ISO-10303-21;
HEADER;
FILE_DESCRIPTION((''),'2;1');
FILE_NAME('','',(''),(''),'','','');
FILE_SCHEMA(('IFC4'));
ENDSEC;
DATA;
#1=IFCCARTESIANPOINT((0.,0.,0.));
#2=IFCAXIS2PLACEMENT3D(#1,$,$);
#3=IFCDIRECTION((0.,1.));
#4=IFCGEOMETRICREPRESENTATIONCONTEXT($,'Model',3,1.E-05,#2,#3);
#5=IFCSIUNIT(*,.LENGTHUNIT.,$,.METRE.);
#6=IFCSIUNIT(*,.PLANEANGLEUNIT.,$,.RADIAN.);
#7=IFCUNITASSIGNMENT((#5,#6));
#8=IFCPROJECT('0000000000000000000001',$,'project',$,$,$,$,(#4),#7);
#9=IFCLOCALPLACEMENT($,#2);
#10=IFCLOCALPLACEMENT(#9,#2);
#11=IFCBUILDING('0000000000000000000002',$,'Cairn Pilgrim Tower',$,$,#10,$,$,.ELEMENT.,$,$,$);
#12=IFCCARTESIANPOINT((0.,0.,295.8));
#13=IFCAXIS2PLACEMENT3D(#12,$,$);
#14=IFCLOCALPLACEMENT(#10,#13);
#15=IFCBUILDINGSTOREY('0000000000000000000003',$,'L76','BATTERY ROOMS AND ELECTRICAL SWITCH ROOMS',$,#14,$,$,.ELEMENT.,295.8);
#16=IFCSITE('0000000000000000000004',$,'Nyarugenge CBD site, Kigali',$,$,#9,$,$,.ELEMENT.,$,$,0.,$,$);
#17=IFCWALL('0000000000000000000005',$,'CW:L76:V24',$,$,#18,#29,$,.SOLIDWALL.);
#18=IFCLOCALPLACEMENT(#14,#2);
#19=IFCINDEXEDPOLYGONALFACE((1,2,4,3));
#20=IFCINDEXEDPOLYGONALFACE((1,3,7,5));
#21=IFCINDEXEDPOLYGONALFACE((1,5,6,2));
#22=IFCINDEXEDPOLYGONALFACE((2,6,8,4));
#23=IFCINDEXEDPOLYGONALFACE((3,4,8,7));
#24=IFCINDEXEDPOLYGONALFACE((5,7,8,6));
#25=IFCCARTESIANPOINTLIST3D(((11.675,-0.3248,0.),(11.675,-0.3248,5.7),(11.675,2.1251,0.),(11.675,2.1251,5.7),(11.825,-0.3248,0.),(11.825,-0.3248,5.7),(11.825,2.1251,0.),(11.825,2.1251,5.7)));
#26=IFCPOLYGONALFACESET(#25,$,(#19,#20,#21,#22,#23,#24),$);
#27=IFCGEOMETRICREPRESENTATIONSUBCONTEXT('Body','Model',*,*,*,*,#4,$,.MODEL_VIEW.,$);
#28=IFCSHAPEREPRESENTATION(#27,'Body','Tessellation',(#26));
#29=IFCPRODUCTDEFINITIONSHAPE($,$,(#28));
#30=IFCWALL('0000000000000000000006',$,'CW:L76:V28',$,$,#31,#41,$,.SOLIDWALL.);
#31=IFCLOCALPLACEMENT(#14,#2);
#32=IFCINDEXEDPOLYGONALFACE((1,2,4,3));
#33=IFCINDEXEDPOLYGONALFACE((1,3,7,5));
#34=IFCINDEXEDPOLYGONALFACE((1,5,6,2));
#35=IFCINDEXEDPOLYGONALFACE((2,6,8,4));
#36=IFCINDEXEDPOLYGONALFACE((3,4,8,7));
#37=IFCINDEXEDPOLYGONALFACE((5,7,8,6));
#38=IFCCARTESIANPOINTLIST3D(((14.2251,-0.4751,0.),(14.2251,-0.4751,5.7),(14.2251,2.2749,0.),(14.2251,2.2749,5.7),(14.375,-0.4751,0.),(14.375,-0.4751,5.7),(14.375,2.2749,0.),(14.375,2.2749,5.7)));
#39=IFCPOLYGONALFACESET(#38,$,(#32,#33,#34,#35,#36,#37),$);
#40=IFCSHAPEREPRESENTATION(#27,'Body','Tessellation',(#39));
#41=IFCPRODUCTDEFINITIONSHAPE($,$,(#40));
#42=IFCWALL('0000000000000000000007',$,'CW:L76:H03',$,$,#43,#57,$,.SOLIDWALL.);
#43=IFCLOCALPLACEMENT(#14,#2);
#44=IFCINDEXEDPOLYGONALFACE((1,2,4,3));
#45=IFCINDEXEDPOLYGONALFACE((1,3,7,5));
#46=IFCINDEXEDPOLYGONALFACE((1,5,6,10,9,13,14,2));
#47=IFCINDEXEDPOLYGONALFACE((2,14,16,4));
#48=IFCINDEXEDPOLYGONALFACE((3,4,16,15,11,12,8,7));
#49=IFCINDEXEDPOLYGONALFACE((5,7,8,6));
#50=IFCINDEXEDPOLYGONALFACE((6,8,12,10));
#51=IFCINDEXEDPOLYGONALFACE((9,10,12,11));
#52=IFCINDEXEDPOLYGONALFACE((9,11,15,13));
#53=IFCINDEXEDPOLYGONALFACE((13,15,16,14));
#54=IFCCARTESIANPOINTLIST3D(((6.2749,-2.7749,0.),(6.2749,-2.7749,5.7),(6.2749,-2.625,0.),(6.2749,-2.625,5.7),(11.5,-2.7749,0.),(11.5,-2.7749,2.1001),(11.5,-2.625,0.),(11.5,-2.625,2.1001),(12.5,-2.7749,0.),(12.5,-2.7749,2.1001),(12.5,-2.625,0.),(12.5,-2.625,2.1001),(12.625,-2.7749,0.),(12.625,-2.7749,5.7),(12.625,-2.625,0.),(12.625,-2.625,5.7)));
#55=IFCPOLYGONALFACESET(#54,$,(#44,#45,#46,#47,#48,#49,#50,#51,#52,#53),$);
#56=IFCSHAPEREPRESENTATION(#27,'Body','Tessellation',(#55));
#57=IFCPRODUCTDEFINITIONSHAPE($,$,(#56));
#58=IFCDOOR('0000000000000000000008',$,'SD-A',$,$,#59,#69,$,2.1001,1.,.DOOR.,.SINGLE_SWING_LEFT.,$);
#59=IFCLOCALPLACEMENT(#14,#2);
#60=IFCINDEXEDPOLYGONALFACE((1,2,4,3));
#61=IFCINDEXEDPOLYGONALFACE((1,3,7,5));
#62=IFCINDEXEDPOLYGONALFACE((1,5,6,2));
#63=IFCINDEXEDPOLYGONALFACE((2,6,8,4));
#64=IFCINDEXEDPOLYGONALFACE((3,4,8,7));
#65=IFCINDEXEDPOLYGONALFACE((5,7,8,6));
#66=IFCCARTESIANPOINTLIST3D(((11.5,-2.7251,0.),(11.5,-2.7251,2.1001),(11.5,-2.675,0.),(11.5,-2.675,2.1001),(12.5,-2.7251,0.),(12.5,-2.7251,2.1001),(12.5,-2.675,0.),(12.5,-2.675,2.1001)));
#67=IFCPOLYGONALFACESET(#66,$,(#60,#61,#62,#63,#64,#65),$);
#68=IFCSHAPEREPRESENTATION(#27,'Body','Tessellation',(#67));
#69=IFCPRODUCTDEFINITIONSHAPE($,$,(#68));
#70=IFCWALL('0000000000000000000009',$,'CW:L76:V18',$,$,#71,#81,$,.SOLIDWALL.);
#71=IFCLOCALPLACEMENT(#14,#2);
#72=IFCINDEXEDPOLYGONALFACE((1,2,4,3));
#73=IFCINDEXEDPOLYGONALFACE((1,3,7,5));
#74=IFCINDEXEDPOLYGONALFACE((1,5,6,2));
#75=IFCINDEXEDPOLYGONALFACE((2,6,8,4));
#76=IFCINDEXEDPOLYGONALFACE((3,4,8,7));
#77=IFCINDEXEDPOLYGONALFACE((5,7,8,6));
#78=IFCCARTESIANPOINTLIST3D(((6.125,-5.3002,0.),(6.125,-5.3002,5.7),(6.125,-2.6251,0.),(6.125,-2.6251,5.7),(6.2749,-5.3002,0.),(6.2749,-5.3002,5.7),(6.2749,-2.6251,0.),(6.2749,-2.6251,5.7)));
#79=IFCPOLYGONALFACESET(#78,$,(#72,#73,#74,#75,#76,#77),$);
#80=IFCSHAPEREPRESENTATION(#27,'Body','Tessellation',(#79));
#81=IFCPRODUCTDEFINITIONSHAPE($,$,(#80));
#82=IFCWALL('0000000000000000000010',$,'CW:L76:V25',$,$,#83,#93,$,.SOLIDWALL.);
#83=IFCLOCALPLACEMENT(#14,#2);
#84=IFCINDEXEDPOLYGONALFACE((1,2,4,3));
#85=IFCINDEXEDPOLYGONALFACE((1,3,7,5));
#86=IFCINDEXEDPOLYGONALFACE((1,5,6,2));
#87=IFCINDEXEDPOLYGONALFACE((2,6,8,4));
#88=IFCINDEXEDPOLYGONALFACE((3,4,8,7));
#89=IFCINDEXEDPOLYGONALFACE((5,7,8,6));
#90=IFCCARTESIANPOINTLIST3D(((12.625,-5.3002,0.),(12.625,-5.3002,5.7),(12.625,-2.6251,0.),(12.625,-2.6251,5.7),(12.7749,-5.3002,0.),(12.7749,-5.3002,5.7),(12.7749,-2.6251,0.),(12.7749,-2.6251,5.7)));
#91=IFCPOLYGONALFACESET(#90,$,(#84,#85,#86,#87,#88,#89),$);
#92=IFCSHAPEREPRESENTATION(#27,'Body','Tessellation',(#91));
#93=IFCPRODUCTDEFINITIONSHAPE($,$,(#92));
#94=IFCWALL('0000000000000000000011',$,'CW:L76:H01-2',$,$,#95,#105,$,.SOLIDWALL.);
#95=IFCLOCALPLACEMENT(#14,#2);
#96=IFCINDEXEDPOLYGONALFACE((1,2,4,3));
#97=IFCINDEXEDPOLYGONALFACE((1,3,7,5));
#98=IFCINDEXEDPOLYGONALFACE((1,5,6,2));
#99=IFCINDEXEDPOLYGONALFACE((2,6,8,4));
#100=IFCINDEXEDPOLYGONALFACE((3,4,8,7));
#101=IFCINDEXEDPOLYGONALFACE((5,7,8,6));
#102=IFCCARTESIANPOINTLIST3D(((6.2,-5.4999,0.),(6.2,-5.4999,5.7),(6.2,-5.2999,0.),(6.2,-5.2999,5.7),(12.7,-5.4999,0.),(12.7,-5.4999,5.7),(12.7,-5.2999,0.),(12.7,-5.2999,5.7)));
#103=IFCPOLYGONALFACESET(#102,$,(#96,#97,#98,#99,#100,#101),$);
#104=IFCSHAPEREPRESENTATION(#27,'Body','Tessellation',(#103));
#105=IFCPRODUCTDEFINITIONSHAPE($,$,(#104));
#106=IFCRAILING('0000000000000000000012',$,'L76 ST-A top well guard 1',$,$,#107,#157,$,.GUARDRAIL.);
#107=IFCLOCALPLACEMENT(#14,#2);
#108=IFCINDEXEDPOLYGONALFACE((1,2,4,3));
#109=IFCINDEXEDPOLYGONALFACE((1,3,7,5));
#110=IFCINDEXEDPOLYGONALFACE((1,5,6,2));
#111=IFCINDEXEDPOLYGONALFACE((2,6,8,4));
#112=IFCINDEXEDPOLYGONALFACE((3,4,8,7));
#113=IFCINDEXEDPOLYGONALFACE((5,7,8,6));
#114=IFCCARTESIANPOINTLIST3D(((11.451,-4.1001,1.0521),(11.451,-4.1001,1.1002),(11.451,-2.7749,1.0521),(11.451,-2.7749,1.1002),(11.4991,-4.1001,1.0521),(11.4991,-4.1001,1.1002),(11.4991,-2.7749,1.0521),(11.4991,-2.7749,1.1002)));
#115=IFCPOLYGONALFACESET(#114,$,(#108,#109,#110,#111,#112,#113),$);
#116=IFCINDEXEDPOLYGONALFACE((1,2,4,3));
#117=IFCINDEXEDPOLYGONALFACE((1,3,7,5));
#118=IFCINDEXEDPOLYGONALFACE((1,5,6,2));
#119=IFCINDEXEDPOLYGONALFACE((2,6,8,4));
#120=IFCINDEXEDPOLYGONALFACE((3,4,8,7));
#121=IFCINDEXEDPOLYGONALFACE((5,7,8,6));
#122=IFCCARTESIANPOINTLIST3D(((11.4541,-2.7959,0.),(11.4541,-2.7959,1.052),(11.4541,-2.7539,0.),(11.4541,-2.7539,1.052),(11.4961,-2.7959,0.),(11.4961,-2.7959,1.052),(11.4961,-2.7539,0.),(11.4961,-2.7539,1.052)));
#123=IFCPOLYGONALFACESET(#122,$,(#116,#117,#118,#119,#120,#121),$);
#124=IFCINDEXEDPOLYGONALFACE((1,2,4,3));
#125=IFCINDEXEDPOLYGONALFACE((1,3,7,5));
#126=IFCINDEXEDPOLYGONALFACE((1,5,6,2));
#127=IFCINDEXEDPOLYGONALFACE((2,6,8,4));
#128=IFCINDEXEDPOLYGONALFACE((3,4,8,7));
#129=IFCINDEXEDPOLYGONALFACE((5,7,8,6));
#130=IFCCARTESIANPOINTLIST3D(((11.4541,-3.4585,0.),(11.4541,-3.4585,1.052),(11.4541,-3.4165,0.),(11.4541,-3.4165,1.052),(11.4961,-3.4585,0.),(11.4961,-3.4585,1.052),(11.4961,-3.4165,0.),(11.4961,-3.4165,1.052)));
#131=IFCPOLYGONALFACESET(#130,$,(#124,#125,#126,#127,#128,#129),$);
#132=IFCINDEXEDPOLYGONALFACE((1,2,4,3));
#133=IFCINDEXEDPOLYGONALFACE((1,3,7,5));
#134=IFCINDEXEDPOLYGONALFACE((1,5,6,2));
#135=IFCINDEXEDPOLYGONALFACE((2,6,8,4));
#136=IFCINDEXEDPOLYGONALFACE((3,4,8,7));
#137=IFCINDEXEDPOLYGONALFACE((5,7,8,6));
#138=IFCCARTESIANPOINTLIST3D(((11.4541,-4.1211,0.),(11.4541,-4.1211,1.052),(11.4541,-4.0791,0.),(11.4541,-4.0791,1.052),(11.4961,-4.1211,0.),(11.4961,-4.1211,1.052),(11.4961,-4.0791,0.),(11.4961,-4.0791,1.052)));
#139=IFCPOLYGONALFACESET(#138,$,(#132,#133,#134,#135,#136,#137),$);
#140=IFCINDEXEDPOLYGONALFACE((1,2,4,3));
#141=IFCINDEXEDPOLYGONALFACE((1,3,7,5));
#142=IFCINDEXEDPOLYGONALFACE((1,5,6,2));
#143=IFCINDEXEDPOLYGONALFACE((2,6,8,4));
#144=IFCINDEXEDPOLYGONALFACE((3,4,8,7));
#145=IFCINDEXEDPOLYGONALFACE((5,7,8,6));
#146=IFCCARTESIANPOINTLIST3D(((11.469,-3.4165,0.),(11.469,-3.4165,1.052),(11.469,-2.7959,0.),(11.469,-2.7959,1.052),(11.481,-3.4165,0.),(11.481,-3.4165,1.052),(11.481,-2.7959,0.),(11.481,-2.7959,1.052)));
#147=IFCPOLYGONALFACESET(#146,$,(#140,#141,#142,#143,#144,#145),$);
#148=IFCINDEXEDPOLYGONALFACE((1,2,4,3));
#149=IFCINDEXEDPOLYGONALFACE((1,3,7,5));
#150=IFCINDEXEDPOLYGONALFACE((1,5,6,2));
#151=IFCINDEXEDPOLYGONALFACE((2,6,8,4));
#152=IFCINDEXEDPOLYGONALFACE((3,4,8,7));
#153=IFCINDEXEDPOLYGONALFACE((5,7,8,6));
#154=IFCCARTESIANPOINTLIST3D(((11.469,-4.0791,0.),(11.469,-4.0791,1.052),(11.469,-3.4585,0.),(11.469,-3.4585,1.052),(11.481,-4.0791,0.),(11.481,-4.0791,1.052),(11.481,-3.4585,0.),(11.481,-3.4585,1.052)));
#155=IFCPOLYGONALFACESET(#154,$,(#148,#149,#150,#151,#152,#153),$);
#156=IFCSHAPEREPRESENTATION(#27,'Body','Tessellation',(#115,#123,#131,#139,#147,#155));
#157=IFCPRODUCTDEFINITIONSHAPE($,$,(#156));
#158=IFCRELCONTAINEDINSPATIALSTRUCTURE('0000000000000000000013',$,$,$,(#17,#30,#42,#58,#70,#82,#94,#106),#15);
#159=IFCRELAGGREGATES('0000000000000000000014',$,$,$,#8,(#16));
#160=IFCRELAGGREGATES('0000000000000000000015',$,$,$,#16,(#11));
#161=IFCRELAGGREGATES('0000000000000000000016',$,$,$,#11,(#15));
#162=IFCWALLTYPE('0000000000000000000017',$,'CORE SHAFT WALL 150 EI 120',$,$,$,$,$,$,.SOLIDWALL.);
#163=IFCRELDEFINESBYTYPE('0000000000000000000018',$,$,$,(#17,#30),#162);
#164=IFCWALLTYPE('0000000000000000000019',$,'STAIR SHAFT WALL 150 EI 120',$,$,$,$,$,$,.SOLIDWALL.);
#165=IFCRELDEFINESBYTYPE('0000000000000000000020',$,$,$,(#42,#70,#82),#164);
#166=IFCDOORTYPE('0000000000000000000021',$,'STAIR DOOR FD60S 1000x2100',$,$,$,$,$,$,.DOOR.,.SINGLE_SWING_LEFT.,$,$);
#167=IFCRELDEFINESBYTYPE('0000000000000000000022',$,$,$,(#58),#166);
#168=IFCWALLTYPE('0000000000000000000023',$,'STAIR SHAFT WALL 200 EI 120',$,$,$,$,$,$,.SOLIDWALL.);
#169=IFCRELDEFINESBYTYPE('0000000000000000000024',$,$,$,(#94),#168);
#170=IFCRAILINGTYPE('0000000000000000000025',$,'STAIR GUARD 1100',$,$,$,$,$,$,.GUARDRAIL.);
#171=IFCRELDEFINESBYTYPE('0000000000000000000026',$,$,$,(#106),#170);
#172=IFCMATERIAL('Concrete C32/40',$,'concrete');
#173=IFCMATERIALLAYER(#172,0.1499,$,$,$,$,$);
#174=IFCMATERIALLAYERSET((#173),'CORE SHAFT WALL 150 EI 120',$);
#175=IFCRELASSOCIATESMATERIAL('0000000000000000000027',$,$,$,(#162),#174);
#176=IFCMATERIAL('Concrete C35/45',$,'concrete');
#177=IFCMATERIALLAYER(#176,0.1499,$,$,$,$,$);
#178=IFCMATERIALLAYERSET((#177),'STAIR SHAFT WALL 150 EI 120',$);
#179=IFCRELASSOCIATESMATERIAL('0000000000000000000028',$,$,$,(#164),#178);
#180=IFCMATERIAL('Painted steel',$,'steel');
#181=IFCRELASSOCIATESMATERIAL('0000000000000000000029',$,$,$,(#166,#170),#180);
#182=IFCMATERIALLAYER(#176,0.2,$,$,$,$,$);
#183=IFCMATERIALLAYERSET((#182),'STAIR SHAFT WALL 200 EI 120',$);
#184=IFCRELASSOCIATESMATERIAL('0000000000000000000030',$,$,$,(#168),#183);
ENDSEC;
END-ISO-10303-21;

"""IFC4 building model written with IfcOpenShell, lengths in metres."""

from ifc_helpers import new_model, si_unit, direction, frame, frame_2d, origin, origin_2d, place, context, subcontext, project, spatial, polyline, rectangle, outline, extrude, material, layer, layer_set, type_object, element, fill, save


model = new_model("IFC4")

# Units and contexts
model_context = context("Model", 3, precision=1e-05, world=origin(), true_north=direction((0.0, 1.0)))
body_context = subcontext(model_context, "Body", "Model", "MODEL_VIEW")
ifc_project = project(units=[si_unit("LENGTHUNIT", "METRE"), si_unit("PLANEANGLEUNIT", "RADIAN")], contexts=[model_context])

# Site, building, storey
site_placement = place(None, origin())
site = spatial("IfcSite", under=ifc_project, at=site_placement, Name="Nyarugenge CBD site, Kigali", CompositionType="ELEMENT", RefElevation=0.0)
building_placement = place(site_placement, origin())
building = spatial("IfcBuilding", under=site, at=building_placement, Name="Cairn Pilgrim Tower", CompositionType="ELEMENT")
storey_placement = place(building_placement, frame((0.0, 0.0, 295.8)))
storey = spatial("IfcBuildingStorey", under=building, at=storey_placement, Name="L76", Description="BATTERY ROOMS AND ELECTRICAL SWITCH ROOMS", CompositionType="ELEMENT", Elevation=295.8)

# Shared definitions
ifc_material_1 = material(Name="Concrete C32/40", Category="concrete")

# Shared definitions
ifc_material_2 = material(Name="Painted steel", Category="steel")

# Shared definitions
ifc_layer_1 = layer(ifc_material_1, 0.1499)
ifc_layer_set_1 = layer_set([ifc_layer_1], Name="CORE SHAFT WALL 150 EI 120")
wall_type_1 = type_object("IfcWallType", Name="CORE SHAFT WALL 150 EI 120", PredefinedType="SOLIDWALL", material=ifc_layer_set_1)

# Walls
wall_1_placement = place(storey_placement, frame((11.75, -0.325, 0.0), z_axis=(0.0, 0.0, 1.0), x_axis=(0.0, 1.0, 0.0)))
element("IfcWall", 1, at=wall_1_placement, inside=storey, type_object=wall_type_1, Name="CW:L76:V24", PredefinedType="SOLIDWALL", context=body_context, shape_type="SweptSolid", body=[
    extrude(rectangle(XDim=2.45, YDim=0.1499, at=frame_2d((1.2251, 0.0))), origin(), (0.0, 0.0, 1.0), 5.7),
])
wall_2_placement = place(storey_placement, frame((14.3, -0.4751, 0.0), z_axis=(0.0, 0.0, 1.0), x_axis=(0.0, 1.0, 0.0)))
element("IfcWall", 2, at=wall_2_placement, inside=storey, type_object=wall_type_1, Name="CW:L76:V28", PredefinedType="SOLIDWALL", context=body_context, shape_type="SweptSolid", body=[
    extrude(rectangle(XDim=2.75, YDim=0.1499, at=frame_2d((1.375, 0.0))), origin(), (0.0, 0.0, 1.0), 5.7),
])

# Wall, opening, door
ifc_material_3 = material(Name="Concrete C35/45", Category="concrete")
ifc_layer_2 = layer(ifc_material_3, 0.1499)
ifc_layer_set_2 = layer_set([ifc_layer_2], Name="STAIR SHAFT WALL 150 EI 120")
wall_type_2 = type_object("IfcWallType", Name="STAIR SHAFT WALL 150 EI 120", PredefinedType="SOLIDWALL", material=ifc_layer_set_2)
wall_3_placement = place(storey_placement, frame((6.2749, -2.7, 0.0), z_axis=(0.0, 0.0, 1.0), x_axis=(1.0, 0.0, 0.0)))
wall_3 = element("IfcWall", 3, at=wall_3_placement, inside=storey, type_object=wall_type_2, Name="CW:L76:H03", PredefinedType="SOLIDWALL", context=body_context, shape_type="SweptSolid", body=[
    extrude(rectangle(XDim=6.3501, YDim=0.1499, at=frame_2d((3.175, 0.0))), origin(), (0.0, 0.0, 1.0), 5.7),
])
opening_1_placement = place(wall_3_placement, frame((5.2251, 0.0, 0.0)))
opening_1 = element("IfcOpeningElement", 4, at=opening_1_placement, cuts=wall_3, PredefinedType="OPENING", context=body_context, shape_type="SweptSolid", body=[
    extrude(rectangle(XDim=1.0, YDim=2.1001, at=frame_2d((0.5, 1.05))), frame((0.0, 0.085, 0.0), z_axis=(0.0, -1.0, 0.0), x_axis=(1.0, 0.0, 0.0)), (0.0, 0.0, 1.0), 0.1699),
])
door_type_1 = type_object("IfcDoorType", Name="STAIR DOOR FD60S 1000x2100", OperationType="SINGLE_SWING_LEFT", PredefinedType="DOOR", material=ifc_material_2)
door_1_placement = place(opening_1_placement, origin())
door_1 = element("IfcDoor", 5, at=door_1_placement, inside=storey, type_object=door_type_1, Name="SD-A", OperationType="SINGLE_SWING_LEFT", OverallHeight=2.1001, OverallWidth=1.0, PredefinedType="DOOR", context=body_context, shape_type="SweptSolid", body=[
    extrude(rectangle(XDim=1.0, YDim=2.1001, at=frame_2d((0.5, 1.05))), frame((0.0, 0.0249, 0.0), z_axis=(0.0, -1.0, 0.0), x_axis=(1.0, 0.0, 0.0)), (0.0, 0.0, 1.0), 0.05),
])
fill(opening_1, door_1)

# Walls
for number, where, z_axis, x_axis, name in (
    (6, (6.2, -5.3, 0.0), (0.0, 0.0, 1.0), (0.0, 1.0, 0.0), "CW:L76:V18"),
    (7, (12.7, -5.3, 0.0), (0.0, 0.0, 1.0), (0.0, 1.0, 0.0), "CW:L76:V25"),
):
    element("IfcWall", number, at=place(storey_placement, frame(where, z_axis=z_axis, x_axis=x_axis)), inside=storey, type_object=wall_type_2, Name=name, PredefinedType="SOLIDWALL", context=body_context, shape_type="SweptSolid", body=[
        extrude(rectangle(XDim=2.675, YDim=0.1499, at=frame_2d((1.3374, 0.0))), origin(), (0.0, 0.0, 1.0), 5.7),
    ])
ifc_layer_3 = layer(ifc_material_3, 0.2)
ifc_layer_set_3 = layer_set([ifc_layer_3], Name="STAIR SHAFT WALL 200 EI 120")
wall_type_3 = type_object("IfcWallType", Name="STAIR SHAFT WALL 200 EI 120", PredefinedType="SOLIDWALL", material=ifc_layer_set_3)
wall_4_placement = place(storey_placement, frame((6.2, -5.3999, 0.0), z_axis=(0.0, 0.0, 1.0), x_axis=(1.0, 0.0, 0.0)))
element("IfcWall", 8, at=wall_4_placement, inside=storey, type_object=wall_type_3, Name="CW:L76:H01-2", PredefinedType="SOLIDWALL", context=body_context, shape_type="SweptSolid", body=[
    extrude(rectangle(XDim=6.5, YDim=0.2, at=frame_2d((3.25, 0.0))), origin(), (0.0, 0.0, 1.0), 5.7),
])

# Railing
railing_type = type_object("IfcRailingType", Name="STAIR GUARD 1100", PredefinedType="GUARDRAIL", material=ifc_material_2)
railing_placement = place(storey_placement, frame((11.4751, -2.7749, 0.0)))
element("IfcRailing", 9, at=railing_placement, inside=storey, type_object=railing_type, Name="L76 ST-A top well guard 1", PredefinedType="GUARDRAIL", context=body_context, shape_type="SweptSolid", body=[
    extrude(rectangle(XDim=0.0481, YDim=0.0481, at=origin_2d()), frame((0.0, 0.0, 1.0762), z_axis=(0.0, -1.0, 0.0), x_axis=(1.0, 0.0, 0.0)), (0.0, 0.0, 1.0), 1.3252),
    extrude(rectangle(XDim=0.042, YDim=0.042, at=origin_2d()), origin(), (0.0, 0.0, 1.0), 1.052),
    extrude(rectangle(XDim=0.042, YDim=0.042, at=origin_2d()), frame((0.0, -0.6626, 0.0)), (0.0, 0.0, 1.0), 1.052),
    extrude(rectangle(XDim=0.042, YDim=0.042, at=origin_2d()), frame((0.0, -1.3252, 0.0)), (0.0, 0.0, 1.0), 1.052),
    extrude(outline(polyline([(0.021, 0.0), (0.6416, 0.0), (0.6416, 1.052), (0.021, 1.052), (0.021, 0.0)])), frame((0.0059, 0.0, 0.0), z_axis=(-1.0, 0.0, 0.0), x_axis=(0.0, -1.0, 0.0)), (0.0, 0.0, 1.0), 0.012),
    extrude(outline(polyline([(0.021, 0.0), (0.6416, 0.0), (0.6416, 1.052), (0.021, 1.052), (0.021, 0.0)])), frame((0.0059, -0.6626, 0.0), z_axis=(-1.0, 0.0, 0.0), x_axis=(0.0, -1.0, 0.0)), (0.0, 0.0, 1.0), 0.012),
])

save(model, "model.ifc")
